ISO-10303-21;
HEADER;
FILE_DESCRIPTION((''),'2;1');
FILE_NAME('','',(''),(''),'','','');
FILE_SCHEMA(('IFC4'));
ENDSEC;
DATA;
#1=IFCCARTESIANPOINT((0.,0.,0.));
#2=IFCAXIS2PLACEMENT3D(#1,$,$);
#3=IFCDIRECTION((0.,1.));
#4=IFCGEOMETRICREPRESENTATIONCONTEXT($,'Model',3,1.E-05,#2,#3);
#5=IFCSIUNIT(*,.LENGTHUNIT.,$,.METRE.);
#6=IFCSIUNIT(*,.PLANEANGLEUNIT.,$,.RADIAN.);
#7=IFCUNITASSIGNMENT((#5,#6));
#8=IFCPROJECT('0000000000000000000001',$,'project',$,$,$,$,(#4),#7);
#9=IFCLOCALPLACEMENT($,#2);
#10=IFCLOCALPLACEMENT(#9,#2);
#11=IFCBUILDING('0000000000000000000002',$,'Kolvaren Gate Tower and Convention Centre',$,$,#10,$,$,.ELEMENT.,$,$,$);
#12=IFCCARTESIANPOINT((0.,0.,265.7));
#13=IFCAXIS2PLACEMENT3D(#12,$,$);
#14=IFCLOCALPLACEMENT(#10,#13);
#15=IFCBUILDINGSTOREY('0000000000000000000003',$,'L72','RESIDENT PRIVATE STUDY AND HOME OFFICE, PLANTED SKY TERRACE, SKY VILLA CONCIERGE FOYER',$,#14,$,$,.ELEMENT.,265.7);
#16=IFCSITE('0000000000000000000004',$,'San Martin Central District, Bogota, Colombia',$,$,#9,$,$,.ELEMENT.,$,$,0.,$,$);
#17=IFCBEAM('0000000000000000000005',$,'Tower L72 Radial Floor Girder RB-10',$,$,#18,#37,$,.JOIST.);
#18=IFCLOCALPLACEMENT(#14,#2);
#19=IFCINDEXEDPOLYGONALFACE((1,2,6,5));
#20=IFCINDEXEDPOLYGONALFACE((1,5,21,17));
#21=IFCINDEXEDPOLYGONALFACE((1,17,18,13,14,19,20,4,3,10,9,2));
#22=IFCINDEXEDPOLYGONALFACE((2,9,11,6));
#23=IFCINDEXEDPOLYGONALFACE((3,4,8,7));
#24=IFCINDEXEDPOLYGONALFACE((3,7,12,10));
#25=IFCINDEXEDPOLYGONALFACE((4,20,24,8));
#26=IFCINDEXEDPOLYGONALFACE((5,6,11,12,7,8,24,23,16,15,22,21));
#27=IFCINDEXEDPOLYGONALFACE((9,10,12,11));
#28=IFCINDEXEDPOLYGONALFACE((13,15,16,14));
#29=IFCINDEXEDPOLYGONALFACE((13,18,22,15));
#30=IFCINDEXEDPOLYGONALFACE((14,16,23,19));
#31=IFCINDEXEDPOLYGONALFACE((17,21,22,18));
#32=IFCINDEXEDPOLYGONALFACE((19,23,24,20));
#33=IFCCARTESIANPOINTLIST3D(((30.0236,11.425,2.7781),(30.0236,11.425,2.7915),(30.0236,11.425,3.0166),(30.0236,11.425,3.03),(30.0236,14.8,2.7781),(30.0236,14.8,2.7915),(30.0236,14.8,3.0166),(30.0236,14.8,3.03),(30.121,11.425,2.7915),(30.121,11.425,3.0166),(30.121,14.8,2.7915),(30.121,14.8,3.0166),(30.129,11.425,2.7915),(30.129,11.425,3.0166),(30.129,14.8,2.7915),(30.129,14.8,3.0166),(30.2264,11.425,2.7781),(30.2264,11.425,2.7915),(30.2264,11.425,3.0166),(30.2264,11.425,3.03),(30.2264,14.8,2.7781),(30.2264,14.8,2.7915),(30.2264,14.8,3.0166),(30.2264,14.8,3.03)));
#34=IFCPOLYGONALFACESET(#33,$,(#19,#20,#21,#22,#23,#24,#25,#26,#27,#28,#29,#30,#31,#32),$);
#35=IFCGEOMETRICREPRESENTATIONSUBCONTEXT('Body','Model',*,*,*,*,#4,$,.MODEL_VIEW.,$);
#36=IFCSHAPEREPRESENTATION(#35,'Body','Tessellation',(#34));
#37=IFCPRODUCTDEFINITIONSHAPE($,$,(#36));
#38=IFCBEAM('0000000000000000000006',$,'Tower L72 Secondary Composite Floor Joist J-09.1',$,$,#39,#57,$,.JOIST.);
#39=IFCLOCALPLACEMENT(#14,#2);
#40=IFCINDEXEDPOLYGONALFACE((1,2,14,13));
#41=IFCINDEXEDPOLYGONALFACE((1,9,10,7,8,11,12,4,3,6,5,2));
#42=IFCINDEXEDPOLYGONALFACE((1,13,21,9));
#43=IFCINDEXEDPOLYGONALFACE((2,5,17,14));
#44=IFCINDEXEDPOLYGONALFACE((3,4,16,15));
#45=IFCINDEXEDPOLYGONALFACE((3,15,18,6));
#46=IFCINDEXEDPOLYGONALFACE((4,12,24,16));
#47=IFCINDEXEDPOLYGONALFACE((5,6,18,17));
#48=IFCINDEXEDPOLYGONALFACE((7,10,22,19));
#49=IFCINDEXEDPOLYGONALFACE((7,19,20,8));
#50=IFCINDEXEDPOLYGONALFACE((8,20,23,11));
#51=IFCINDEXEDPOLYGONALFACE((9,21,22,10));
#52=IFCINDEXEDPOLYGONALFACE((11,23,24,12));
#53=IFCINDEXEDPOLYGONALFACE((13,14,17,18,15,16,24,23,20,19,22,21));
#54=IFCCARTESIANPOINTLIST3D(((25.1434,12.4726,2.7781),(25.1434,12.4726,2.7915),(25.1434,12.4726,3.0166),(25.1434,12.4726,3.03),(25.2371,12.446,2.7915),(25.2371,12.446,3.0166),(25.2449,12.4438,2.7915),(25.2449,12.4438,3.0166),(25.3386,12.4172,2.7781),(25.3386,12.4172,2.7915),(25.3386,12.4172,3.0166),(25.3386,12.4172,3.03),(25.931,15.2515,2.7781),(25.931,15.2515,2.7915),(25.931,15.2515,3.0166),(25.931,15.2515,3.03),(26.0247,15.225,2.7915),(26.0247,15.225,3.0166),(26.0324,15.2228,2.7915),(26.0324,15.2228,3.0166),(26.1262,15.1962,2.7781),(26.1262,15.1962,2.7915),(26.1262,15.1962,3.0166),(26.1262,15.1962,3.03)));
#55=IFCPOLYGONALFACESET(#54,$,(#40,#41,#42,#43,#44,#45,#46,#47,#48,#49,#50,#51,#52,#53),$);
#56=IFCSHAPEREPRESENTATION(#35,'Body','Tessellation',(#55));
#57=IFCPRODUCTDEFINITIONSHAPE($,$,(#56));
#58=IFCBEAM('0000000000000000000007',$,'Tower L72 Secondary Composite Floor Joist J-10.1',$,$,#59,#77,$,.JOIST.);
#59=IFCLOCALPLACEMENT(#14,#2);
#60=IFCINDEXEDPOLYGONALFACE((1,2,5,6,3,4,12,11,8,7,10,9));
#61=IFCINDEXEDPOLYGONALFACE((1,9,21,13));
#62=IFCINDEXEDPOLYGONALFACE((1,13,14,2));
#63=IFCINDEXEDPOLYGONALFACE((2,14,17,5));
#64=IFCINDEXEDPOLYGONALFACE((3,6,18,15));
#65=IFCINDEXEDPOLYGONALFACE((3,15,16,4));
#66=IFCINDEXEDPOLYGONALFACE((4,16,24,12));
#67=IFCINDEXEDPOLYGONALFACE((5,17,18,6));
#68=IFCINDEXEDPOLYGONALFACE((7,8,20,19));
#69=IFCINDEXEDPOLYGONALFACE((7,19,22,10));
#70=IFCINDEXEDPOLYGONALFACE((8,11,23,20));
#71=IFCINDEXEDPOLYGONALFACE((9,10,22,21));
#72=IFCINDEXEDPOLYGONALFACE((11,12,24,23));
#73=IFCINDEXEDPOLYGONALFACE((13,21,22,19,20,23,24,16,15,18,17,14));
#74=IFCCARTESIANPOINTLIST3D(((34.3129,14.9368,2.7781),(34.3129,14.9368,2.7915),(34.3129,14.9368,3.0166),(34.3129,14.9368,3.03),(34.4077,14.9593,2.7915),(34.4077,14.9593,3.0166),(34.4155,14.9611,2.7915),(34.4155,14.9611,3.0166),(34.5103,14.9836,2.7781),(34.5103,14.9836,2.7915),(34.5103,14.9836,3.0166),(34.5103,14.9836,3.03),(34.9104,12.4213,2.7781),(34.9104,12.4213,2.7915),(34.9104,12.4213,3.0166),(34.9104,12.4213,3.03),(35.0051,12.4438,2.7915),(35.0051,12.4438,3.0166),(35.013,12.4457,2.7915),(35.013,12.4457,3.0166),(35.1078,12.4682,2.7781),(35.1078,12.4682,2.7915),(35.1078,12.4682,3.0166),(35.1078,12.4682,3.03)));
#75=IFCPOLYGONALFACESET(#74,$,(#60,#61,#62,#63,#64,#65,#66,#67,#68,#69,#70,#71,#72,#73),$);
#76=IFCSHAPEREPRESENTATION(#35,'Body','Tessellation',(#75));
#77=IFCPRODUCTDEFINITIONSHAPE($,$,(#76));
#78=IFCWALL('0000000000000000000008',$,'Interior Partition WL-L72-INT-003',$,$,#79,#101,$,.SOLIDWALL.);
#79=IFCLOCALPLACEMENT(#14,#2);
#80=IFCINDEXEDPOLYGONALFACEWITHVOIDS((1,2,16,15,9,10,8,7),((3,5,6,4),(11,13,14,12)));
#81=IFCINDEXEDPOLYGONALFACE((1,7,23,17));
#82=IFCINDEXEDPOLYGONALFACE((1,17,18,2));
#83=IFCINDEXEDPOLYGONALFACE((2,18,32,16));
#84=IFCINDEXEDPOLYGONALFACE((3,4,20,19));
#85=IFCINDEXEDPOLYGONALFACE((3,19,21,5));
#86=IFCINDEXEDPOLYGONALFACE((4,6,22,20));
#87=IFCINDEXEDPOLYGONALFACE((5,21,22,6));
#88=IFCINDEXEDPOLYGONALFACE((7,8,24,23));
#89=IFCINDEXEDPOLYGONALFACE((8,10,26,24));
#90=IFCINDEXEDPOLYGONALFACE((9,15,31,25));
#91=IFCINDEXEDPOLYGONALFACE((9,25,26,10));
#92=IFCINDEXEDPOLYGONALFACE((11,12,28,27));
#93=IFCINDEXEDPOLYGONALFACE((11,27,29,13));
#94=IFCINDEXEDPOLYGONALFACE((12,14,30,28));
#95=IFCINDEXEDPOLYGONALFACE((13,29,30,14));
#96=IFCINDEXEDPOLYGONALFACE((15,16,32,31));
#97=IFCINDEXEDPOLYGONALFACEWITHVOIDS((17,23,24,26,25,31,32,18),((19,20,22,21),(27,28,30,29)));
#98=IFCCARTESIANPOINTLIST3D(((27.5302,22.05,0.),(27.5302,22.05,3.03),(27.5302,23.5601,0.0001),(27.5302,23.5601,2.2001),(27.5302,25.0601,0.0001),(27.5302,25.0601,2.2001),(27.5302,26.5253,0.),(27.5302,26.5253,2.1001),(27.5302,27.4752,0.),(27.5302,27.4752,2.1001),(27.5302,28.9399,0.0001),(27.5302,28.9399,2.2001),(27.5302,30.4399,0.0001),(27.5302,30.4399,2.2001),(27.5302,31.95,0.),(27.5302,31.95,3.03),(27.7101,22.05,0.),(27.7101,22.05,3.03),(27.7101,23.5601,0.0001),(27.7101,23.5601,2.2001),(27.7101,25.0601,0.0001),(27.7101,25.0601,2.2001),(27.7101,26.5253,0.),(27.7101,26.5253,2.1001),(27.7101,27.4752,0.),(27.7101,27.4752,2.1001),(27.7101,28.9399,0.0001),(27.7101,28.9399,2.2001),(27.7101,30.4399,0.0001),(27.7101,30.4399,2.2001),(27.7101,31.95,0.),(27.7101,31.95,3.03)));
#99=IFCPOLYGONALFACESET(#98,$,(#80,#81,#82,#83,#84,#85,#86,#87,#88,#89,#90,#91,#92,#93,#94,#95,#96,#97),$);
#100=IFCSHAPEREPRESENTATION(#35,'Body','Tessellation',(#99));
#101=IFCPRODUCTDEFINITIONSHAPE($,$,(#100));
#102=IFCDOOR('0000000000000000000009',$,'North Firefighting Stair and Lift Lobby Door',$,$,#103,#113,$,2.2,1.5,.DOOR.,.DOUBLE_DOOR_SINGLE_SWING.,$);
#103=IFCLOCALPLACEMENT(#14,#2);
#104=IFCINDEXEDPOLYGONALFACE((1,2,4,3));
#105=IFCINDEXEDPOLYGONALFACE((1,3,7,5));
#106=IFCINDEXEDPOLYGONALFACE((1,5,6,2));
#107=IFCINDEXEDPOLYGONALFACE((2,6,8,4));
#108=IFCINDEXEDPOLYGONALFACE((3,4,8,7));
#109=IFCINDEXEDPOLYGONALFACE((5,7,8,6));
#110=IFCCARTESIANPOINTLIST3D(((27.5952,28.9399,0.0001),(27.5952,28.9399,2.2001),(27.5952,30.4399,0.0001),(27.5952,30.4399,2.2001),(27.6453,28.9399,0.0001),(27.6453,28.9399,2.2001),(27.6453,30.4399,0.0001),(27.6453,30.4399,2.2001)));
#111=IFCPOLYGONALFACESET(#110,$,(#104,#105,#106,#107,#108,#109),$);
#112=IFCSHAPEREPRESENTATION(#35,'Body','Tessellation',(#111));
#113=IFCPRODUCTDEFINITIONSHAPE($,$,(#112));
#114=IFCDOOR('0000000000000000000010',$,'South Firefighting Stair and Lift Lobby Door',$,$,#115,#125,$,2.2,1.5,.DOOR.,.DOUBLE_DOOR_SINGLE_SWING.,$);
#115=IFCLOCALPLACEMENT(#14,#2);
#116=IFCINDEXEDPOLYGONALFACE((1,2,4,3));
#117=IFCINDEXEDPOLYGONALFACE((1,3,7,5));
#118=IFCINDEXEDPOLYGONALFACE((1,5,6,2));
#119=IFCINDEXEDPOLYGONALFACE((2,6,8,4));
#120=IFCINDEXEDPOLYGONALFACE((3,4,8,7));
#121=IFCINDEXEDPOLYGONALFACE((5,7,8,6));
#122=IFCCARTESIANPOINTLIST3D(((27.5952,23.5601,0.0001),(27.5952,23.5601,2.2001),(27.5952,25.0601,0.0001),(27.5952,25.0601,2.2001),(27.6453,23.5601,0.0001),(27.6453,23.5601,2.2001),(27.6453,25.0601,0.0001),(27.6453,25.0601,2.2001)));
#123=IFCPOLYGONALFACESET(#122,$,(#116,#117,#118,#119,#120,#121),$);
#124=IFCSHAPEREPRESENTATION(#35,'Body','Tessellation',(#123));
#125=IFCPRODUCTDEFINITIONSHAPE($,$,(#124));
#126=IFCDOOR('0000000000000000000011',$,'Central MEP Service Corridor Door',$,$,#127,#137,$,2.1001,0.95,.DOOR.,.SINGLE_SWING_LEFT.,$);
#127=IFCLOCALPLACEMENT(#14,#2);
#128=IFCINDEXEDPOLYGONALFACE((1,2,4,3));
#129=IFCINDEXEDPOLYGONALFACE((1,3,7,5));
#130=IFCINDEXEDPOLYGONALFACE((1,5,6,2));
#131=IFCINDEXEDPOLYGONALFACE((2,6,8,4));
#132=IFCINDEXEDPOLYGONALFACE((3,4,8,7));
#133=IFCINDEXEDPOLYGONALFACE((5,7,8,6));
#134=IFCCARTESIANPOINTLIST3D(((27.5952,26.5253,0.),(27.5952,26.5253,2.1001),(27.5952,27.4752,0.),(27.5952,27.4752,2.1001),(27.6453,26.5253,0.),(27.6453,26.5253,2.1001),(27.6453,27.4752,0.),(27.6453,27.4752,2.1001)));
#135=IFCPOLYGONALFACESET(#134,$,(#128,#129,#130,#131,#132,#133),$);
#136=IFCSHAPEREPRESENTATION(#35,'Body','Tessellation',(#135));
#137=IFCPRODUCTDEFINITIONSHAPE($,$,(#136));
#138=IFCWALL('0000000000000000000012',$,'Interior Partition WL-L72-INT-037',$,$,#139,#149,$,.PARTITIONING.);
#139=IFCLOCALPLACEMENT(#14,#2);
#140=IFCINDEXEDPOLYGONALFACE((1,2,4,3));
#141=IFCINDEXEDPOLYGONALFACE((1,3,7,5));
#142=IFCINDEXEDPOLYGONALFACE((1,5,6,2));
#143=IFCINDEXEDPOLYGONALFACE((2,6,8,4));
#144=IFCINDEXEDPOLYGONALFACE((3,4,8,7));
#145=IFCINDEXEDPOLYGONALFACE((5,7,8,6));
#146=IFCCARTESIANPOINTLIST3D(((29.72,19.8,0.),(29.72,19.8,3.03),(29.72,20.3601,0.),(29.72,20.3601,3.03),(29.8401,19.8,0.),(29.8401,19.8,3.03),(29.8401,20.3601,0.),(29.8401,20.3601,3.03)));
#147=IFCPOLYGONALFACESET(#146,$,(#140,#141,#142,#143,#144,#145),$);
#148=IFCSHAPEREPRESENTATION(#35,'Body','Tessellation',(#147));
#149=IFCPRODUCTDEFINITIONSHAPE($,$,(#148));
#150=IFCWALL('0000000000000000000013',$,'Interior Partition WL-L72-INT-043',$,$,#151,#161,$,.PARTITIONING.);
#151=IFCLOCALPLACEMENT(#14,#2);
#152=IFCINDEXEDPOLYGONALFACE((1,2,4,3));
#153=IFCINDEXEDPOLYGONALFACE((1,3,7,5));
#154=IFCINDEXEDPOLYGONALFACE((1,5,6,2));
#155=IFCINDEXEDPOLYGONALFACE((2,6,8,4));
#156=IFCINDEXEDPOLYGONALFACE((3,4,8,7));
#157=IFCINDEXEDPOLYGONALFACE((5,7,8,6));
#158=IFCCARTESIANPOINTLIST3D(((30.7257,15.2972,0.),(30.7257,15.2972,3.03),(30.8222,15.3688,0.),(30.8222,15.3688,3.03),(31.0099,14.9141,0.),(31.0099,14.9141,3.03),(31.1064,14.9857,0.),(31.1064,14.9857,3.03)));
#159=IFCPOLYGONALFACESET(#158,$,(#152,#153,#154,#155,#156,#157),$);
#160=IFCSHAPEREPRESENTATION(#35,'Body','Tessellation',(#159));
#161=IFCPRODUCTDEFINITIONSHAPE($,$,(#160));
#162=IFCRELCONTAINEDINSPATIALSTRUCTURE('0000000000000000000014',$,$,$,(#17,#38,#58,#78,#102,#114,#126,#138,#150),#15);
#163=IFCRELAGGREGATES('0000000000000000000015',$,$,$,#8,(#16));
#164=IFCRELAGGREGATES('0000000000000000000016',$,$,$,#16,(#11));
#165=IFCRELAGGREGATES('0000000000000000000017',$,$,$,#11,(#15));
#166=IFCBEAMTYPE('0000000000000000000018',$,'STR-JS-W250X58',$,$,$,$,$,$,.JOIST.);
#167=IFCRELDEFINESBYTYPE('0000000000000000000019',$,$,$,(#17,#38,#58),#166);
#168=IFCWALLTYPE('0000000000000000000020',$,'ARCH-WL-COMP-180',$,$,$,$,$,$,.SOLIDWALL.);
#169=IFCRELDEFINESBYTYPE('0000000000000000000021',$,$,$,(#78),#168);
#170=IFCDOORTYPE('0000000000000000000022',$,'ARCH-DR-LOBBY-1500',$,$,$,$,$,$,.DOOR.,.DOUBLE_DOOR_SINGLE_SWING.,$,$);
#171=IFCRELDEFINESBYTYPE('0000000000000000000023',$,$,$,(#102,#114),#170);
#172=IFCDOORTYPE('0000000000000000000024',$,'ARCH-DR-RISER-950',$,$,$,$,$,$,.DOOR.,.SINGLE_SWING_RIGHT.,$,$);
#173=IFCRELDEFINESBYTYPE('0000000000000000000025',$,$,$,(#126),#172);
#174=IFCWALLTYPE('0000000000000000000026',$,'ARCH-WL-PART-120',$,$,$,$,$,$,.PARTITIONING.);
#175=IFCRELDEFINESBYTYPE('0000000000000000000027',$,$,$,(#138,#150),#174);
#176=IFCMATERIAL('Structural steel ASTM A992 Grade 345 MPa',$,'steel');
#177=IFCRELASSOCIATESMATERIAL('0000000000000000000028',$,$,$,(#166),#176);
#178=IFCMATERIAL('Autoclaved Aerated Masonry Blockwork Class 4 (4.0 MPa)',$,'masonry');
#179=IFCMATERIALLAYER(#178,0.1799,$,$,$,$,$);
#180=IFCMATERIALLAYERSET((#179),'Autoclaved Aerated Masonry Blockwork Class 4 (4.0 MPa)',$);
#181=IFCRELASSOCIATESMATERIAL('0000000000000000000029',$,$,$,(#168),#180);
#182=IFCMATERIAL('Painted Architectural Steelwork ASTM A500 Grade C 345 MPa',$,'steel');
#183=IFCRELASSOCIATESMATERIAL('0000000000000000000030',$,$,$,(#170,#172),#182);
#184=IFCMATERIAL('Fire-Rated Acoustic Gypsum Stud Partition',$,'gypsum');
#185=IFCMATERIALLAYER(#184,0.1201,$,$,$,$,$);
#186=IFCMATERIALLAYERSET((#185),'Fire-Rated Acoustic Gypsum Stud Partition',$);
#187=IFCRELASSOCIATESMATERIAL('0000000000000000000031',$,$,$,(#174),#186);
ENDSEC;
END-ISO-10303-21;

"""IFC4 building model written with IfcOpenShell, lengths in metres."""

from ifc_helpers import new_model, si_unit, direction, frame, frame_2d, origin, origin_2d, place, context, subcontext, project, spatial, rectangle, i_section, extrude, material, layer, layer_set, material_profile, profile_set, type_object, element, fill, save


model = new_model("IFC4")

# Units and contexts
model_context = context("Model", 3, precision=1e-05, world=origin(), true_north=direction((0.0, 1.0)))
body_context = subcontext(model_context, "Body", "Model", "MODEL_VIEW")
ifc_project = project(units=[si_unit("LENGTHUNIT", "METRE"), si_unit("PLANEANGLEUNIT", "RADIAN")], contexts=[model_context])

# Site, building, storey
site_placement = place(None, origin())
site = spatial("IfcSite", under=ifc_project, at=site_placement, Name="San Martin Central District, Bogota, Colombia", CompositionType="ELEMENT", RefElevation=0.0)
building_placement = place(site_placement, origin())
building = spatial("IfcBuilding", under=site, at=building_placement, Name="Kolvaren Gate Tower and Convention Centre", CompositionType="ELEMENT")
storey_placement = place(building_placement, frame((0.0, 0.0, 265.7)))
storey = spatial("IfcBuildingStorey", under=building, at=storey_placement, Name="L72", Description="RESIDENT PRIVATE STUDY AND HOME OFFICE, PLANTED SKY TERRACE, SKY VILLA CONCIERGE FOYER", CompositionType="ELEMENT", Elevation=265.7)

# Beams
ifc_material_1 = material(Name="Structural steel ASTM A992 Grade 345 MPa", Category="steel")
ifc_material_profile = material_profile(ifc_material_1, i_section(OverallWidth=0.2029, OverallDepth=0.252, WebThickness=0.0081, FlangeThickness=0.0134, at=origin_2d()), Name="W250X58")
ifc_profile_set = profile_set([ifc_material_profile], Name="Structural steel ASTM A992 Grade 345 MPa")
beam_type = type_object("IfcBeamType", Name="STR-JS-W250X58", PredefinedType="JOIST", material=ifc_profile_set)
beam_1_placement = place(storey_placement, frame((30.125, 14.8, 2.9041), z_axis=(0.0, -1.0, 0.0), x_axis=(1.0, 0.0, 0.0)))
element("IfcBeam", 1, at=beam_1_placement, inside=storey, type_object=beam_type, Name="Tower L72 Radial Floor Girder RB-10", PredefinedType="JOIST", context=body_context, shape_type="SweptSolid", body=[
    extrude(i_section(OverallWidth=0.2029, OverallDepth=0.252, WebThickness=0.0081, FlangeThickness=0.0134, at=origin_2d()), origin(), (0.0, 0.0, 1.0), 3.375),
])
beam_2_placement = place(storey_placement, frame((26.0286, 15.2239, 2.9041), z_axis=(-0.272666, -0.962109, 0.0), x_axis=(0.962109, -0.272666, 0.0)))
element("IfcBeam", 2, at=beam_2_placement, inside=storey, type_object=beam_type, Name="Tower L72 Secondary Composite Floor Joist J-09.1", PredefinedType="JOIST", context=body_context, shape_type="SweptSolid", body=[
    extrude(i_section(OverallWidth=0.2029, OverallDepth=0.252, WebThickness=0.0081, FlangeThickness=0.0134, at=origin_2d()), origin(), (0.0, 0.0, 1.0), 2.8884),
])
beam_3_placement = place(storey_placement, frame((34.4116, 14.9602, 2.9041), z_axis=(0.231076, -0.972936, 0.0), x_axis=(0.972936, 0.231076, 0.0)))
element("IfcBeam", 3, at=beam_3_placement, inside=storey, type_object=beam_type, Name="Tower L72 Secondary Composite Floor Joist J-10.1", PredefinedType="JOIST", context=body_context, shape_type="SweptSolid", body=[
    extrude(i_section(OverallWidth=0.2029, OverallDepth=0.252, WebThickness=0.0081, FlangeThickness=0.0134, at=origin_2d()), origin(), (0.0, 0.0, 1.0), 2.5854),
])

# Wall, openings, doors
ifc_material_2 = material(Name="Autoclaved Aerated Masonry Blockwork Class 4 (4.0 MPa)", Category="masonry")
ifc_layer_1 = layer(ifc_material_2, 0.1799)
ifc_layer_set_1 = layer_set([ifc_layer_1], Name="Autoclaved Aerated Masonry Blockwork Class 4 (4.0 MPa)")
wall_type_1 = type_object("IfcWallType", Name="ARCH-WL-COMP-180", PredefinedType="SOLIDWALL", material=ifc_layer_set_1)
wall_1_placement = place(storey_placement, frame((27.6201, 22.05, 0.0), z_axis=(0.0, 0.0, 1.0), x_axis=(0.0, 1.0, 0.0)))
wall_1 = element("IfcWall", 4, at=wall_1_placement, inside=storey, type_object=wall_type_1, Name="Interior Partition WL-L72-INT-003", PredefinedType="SOLIDWALL", context=body_context, shape_type="SweptSolid", body=[
    extrude(rectangle(XDim=9.8999, YDim=0.1799, at=frame_2d((4.95, 0.0))), origin(), (0.0, 0.0, 1.0), 3.03),
])
opening_1_placement = place(wall_1_placement, frame((4.4751, 0.0, 0.0)))
opening_1 = element("IfcOpeningElement", 5, at=opening_1_placement, cuts=wall_1, PredefinedType="OPENING", context=body_context, shape_type="SweptSolid", body=[
    extrude(rectangle(XDim=0.95, YDim=2.1001, at=frame_2d((0.4751, 1.05))), frame((0.0, 0.0999, 0.0), z_axis=(0.0, -1.0, 0.0), x_axis=(1.0, 0.0, 0.0)), (0.0, 0.0, 1.0), 0.2),
])
opening_2_placement = place(wall_1_placement, frame((6.8899, 0.0, 0.0)))
opening_2 = element("IfcOpeningElement", 6, at=opening_2_placement, cuts=wall_1, PredefinedType="OPENING", context=body_context, shape_type="SweptSolid", body=[
    extrude(rectangle(XDim=1.5, YDim=2.2, at=frame_2d((0.75, 1.1001))), frame((0.0, 0.0999, 0.0), z_axis=(0.0, -1.0, 0.0), x_axis=(1.0, 0.0, 0.0)), (0.0, 0.0, 1.0), 0.2),
])
opening_3_placement = place(wall_1_placement, frame((1.51, 0.0, 0.0)))
opening_3 = element("IfcOpeningElement", 7, at=opening_3_placement, cuts=wall_1, PredefinedType="OPENING", context=body_context, shape_type="SweptSolid", body=[
    extrude(rectangle(XDim=1.5, YDim=2.2, at=frame_2d((0.75, 1.1001))), frame((0.0, 0.0999, 0.0), z_axis=(0.0, -1.0, 0.0), x_axis=(1.0, 0.0, 0.0)), (0.0, 0.0, 1.0), 0.2),
])
ifc_material_3 = material(Name="Painted Architectural Steelwork ASTM A500 Grade C 345 MPa", Category="steel")
door_type_1 = type_object("IfcDoorType", Name="ARCH-DR-LOBBY-1500", OperationType="DOUBLE_DOOR_SINGLE_SWING", PredefinedType="DOOR", material=ifc_material_3)
door_1_placement = place(opening_2_placement, origin())
door_1 = element("IfcDoor", 8, at=door_1_placement, inside=storey, type_object=door_type_1, Name="North Firefighting Stair and Lift Lobby Door", OperationType="DOUBLE_DOOR_SINGLE_SWING", OverallHeight=2.2, OverallWidth=1.5, PredefinedType="DOOR", context=body_context, shape_type="SweptSolid", body=[
    extrude(rectangle(XDim=1.5, YDim=2.2, at=frame_2d((0.75, 1.1001))), frame((0.0, 0.0249, 0.0), z_axis=(0.0, -1.0, 0.0), x_axis=(1.0, 0.0, 0.0)), (0.0, 0.0, 1.0), 0.05),
])
fill(opening_2, door_1)
door_2_placement = place(opening_3_placement, origin())
door_2 = element("IfcDoor", 9, at=door_2_placement, inside=storey, type_object=door_type_1, Name="South Firefighting Stair and Lift Lobby Door", OperationType="DOUBLE_DOOR_SINGLE_SWING", OverallHeight=2.2, OverallWidth=1.5, PredefinedType="DOOR", context=body_context, shape_type="SweptSolid", body=[
    extrude(rectangle(XDim=1.5, YDim=2.2, at=frame_2d((0.75, 1.1001))), frame((0.0, 0.0249, 0.0), z_axis=(0.0, -1.0, 0.0), x_axis=(1.0, 0.0, 0.0)), (0.0, 0.0, 1.0), 0.05),
])
fill(opening_3, door_2)
door_type_2 = type_object("IfcDoorType", Name="ARCH-DR-RISER-950", OperationType="SINGLE_SWING_RIGHT", PredefinedType="DOOR", material=ifc_material_3)
door_3_placement = place(opening_1_placement, origin())
door_3 = element("IfcDoor", 10, at=door_3_placement, inside=storey, type_object=door_type_2, Name="Central MEP Service Corridor Door", OperationType="SINGLE_SWING_LEFT", OverallHeight=2.1001, OverallWidth=0.95, PredefinedType="DOOR", context=body_context, shape_type="SweptSolid", body=[
    extrude(rectangle(XDim=0.95, YDim=2.1001, at=frame_2d((0.4751, 1.05))), frame((0.0, 0.0249, 0.0), z_axis=(0.0, -1.0, 0.0), x_axis=(1.0, 0.0, 0.0)), (0.0, 0.0, 1.0), 0.05),
])
fill(opening_1, door_3)

# Walls
ifc_material_4 = material(Name="Fire-Rated Acoustic Gypsum Stud Partition", Category="gypsum")
ifc_layer_2 = layer(ifc_material_4, 0.1201)
ifc_layer_set_2 = layer_set([ifc_layer_2], Name="Fire-Rated Acoustic Gypsum Stud Partition")
wall_type_2 = type_object("IfcWallType", Name="ARCH-WL-PART-120", PredefinedType="PARTITIONING", material=ifc_layer_set_2)
wall_2_placement = place(storey_placement, frame((29.78, 19.8, 0.0), z_axis=(0.0, 0.0, 1.0), x_axis=(0.0, 1.0, 0.0)))
element("IfcWall", 11, at=wall_2_placement, inside=storey, type_object=wall_type_2, Name="Interior Partition WL-L72-INT-037", PredefinedType="PARTITIONING", context=body_context, shape_type="SweptSolid", body=[
    extrude(rectangle(XDim=0.5601, YDim=0.1201, at=frame_2d((0.28, 0.0))), origin(), (0.0, 0.0, 1.0), 3.03),
])
wall_3_placement = place(storey_placement, frame((30.7739, 15.333, 0.0), z_axis=(0.0, 0.0, 1.0), x_axis=(0.595815, -0.803122, 0.0)))
element("IfcWall", 12, at=wall_3_placement, inside=storey, type_object=wall_type_2, Name="Interior Partition WL-L72-INT-043", PredefinedType="PARTITIONING", context=body_context, shape_type="SweptSolid", body=[
    extrude(rectangle(XDim=0.4771, YDim=0.1201, at=frame_2d((0.2385, 0.0))), origin(), (0.0, 0.0, 1.0), 3.03),
])

save(model, "model.ifc")
